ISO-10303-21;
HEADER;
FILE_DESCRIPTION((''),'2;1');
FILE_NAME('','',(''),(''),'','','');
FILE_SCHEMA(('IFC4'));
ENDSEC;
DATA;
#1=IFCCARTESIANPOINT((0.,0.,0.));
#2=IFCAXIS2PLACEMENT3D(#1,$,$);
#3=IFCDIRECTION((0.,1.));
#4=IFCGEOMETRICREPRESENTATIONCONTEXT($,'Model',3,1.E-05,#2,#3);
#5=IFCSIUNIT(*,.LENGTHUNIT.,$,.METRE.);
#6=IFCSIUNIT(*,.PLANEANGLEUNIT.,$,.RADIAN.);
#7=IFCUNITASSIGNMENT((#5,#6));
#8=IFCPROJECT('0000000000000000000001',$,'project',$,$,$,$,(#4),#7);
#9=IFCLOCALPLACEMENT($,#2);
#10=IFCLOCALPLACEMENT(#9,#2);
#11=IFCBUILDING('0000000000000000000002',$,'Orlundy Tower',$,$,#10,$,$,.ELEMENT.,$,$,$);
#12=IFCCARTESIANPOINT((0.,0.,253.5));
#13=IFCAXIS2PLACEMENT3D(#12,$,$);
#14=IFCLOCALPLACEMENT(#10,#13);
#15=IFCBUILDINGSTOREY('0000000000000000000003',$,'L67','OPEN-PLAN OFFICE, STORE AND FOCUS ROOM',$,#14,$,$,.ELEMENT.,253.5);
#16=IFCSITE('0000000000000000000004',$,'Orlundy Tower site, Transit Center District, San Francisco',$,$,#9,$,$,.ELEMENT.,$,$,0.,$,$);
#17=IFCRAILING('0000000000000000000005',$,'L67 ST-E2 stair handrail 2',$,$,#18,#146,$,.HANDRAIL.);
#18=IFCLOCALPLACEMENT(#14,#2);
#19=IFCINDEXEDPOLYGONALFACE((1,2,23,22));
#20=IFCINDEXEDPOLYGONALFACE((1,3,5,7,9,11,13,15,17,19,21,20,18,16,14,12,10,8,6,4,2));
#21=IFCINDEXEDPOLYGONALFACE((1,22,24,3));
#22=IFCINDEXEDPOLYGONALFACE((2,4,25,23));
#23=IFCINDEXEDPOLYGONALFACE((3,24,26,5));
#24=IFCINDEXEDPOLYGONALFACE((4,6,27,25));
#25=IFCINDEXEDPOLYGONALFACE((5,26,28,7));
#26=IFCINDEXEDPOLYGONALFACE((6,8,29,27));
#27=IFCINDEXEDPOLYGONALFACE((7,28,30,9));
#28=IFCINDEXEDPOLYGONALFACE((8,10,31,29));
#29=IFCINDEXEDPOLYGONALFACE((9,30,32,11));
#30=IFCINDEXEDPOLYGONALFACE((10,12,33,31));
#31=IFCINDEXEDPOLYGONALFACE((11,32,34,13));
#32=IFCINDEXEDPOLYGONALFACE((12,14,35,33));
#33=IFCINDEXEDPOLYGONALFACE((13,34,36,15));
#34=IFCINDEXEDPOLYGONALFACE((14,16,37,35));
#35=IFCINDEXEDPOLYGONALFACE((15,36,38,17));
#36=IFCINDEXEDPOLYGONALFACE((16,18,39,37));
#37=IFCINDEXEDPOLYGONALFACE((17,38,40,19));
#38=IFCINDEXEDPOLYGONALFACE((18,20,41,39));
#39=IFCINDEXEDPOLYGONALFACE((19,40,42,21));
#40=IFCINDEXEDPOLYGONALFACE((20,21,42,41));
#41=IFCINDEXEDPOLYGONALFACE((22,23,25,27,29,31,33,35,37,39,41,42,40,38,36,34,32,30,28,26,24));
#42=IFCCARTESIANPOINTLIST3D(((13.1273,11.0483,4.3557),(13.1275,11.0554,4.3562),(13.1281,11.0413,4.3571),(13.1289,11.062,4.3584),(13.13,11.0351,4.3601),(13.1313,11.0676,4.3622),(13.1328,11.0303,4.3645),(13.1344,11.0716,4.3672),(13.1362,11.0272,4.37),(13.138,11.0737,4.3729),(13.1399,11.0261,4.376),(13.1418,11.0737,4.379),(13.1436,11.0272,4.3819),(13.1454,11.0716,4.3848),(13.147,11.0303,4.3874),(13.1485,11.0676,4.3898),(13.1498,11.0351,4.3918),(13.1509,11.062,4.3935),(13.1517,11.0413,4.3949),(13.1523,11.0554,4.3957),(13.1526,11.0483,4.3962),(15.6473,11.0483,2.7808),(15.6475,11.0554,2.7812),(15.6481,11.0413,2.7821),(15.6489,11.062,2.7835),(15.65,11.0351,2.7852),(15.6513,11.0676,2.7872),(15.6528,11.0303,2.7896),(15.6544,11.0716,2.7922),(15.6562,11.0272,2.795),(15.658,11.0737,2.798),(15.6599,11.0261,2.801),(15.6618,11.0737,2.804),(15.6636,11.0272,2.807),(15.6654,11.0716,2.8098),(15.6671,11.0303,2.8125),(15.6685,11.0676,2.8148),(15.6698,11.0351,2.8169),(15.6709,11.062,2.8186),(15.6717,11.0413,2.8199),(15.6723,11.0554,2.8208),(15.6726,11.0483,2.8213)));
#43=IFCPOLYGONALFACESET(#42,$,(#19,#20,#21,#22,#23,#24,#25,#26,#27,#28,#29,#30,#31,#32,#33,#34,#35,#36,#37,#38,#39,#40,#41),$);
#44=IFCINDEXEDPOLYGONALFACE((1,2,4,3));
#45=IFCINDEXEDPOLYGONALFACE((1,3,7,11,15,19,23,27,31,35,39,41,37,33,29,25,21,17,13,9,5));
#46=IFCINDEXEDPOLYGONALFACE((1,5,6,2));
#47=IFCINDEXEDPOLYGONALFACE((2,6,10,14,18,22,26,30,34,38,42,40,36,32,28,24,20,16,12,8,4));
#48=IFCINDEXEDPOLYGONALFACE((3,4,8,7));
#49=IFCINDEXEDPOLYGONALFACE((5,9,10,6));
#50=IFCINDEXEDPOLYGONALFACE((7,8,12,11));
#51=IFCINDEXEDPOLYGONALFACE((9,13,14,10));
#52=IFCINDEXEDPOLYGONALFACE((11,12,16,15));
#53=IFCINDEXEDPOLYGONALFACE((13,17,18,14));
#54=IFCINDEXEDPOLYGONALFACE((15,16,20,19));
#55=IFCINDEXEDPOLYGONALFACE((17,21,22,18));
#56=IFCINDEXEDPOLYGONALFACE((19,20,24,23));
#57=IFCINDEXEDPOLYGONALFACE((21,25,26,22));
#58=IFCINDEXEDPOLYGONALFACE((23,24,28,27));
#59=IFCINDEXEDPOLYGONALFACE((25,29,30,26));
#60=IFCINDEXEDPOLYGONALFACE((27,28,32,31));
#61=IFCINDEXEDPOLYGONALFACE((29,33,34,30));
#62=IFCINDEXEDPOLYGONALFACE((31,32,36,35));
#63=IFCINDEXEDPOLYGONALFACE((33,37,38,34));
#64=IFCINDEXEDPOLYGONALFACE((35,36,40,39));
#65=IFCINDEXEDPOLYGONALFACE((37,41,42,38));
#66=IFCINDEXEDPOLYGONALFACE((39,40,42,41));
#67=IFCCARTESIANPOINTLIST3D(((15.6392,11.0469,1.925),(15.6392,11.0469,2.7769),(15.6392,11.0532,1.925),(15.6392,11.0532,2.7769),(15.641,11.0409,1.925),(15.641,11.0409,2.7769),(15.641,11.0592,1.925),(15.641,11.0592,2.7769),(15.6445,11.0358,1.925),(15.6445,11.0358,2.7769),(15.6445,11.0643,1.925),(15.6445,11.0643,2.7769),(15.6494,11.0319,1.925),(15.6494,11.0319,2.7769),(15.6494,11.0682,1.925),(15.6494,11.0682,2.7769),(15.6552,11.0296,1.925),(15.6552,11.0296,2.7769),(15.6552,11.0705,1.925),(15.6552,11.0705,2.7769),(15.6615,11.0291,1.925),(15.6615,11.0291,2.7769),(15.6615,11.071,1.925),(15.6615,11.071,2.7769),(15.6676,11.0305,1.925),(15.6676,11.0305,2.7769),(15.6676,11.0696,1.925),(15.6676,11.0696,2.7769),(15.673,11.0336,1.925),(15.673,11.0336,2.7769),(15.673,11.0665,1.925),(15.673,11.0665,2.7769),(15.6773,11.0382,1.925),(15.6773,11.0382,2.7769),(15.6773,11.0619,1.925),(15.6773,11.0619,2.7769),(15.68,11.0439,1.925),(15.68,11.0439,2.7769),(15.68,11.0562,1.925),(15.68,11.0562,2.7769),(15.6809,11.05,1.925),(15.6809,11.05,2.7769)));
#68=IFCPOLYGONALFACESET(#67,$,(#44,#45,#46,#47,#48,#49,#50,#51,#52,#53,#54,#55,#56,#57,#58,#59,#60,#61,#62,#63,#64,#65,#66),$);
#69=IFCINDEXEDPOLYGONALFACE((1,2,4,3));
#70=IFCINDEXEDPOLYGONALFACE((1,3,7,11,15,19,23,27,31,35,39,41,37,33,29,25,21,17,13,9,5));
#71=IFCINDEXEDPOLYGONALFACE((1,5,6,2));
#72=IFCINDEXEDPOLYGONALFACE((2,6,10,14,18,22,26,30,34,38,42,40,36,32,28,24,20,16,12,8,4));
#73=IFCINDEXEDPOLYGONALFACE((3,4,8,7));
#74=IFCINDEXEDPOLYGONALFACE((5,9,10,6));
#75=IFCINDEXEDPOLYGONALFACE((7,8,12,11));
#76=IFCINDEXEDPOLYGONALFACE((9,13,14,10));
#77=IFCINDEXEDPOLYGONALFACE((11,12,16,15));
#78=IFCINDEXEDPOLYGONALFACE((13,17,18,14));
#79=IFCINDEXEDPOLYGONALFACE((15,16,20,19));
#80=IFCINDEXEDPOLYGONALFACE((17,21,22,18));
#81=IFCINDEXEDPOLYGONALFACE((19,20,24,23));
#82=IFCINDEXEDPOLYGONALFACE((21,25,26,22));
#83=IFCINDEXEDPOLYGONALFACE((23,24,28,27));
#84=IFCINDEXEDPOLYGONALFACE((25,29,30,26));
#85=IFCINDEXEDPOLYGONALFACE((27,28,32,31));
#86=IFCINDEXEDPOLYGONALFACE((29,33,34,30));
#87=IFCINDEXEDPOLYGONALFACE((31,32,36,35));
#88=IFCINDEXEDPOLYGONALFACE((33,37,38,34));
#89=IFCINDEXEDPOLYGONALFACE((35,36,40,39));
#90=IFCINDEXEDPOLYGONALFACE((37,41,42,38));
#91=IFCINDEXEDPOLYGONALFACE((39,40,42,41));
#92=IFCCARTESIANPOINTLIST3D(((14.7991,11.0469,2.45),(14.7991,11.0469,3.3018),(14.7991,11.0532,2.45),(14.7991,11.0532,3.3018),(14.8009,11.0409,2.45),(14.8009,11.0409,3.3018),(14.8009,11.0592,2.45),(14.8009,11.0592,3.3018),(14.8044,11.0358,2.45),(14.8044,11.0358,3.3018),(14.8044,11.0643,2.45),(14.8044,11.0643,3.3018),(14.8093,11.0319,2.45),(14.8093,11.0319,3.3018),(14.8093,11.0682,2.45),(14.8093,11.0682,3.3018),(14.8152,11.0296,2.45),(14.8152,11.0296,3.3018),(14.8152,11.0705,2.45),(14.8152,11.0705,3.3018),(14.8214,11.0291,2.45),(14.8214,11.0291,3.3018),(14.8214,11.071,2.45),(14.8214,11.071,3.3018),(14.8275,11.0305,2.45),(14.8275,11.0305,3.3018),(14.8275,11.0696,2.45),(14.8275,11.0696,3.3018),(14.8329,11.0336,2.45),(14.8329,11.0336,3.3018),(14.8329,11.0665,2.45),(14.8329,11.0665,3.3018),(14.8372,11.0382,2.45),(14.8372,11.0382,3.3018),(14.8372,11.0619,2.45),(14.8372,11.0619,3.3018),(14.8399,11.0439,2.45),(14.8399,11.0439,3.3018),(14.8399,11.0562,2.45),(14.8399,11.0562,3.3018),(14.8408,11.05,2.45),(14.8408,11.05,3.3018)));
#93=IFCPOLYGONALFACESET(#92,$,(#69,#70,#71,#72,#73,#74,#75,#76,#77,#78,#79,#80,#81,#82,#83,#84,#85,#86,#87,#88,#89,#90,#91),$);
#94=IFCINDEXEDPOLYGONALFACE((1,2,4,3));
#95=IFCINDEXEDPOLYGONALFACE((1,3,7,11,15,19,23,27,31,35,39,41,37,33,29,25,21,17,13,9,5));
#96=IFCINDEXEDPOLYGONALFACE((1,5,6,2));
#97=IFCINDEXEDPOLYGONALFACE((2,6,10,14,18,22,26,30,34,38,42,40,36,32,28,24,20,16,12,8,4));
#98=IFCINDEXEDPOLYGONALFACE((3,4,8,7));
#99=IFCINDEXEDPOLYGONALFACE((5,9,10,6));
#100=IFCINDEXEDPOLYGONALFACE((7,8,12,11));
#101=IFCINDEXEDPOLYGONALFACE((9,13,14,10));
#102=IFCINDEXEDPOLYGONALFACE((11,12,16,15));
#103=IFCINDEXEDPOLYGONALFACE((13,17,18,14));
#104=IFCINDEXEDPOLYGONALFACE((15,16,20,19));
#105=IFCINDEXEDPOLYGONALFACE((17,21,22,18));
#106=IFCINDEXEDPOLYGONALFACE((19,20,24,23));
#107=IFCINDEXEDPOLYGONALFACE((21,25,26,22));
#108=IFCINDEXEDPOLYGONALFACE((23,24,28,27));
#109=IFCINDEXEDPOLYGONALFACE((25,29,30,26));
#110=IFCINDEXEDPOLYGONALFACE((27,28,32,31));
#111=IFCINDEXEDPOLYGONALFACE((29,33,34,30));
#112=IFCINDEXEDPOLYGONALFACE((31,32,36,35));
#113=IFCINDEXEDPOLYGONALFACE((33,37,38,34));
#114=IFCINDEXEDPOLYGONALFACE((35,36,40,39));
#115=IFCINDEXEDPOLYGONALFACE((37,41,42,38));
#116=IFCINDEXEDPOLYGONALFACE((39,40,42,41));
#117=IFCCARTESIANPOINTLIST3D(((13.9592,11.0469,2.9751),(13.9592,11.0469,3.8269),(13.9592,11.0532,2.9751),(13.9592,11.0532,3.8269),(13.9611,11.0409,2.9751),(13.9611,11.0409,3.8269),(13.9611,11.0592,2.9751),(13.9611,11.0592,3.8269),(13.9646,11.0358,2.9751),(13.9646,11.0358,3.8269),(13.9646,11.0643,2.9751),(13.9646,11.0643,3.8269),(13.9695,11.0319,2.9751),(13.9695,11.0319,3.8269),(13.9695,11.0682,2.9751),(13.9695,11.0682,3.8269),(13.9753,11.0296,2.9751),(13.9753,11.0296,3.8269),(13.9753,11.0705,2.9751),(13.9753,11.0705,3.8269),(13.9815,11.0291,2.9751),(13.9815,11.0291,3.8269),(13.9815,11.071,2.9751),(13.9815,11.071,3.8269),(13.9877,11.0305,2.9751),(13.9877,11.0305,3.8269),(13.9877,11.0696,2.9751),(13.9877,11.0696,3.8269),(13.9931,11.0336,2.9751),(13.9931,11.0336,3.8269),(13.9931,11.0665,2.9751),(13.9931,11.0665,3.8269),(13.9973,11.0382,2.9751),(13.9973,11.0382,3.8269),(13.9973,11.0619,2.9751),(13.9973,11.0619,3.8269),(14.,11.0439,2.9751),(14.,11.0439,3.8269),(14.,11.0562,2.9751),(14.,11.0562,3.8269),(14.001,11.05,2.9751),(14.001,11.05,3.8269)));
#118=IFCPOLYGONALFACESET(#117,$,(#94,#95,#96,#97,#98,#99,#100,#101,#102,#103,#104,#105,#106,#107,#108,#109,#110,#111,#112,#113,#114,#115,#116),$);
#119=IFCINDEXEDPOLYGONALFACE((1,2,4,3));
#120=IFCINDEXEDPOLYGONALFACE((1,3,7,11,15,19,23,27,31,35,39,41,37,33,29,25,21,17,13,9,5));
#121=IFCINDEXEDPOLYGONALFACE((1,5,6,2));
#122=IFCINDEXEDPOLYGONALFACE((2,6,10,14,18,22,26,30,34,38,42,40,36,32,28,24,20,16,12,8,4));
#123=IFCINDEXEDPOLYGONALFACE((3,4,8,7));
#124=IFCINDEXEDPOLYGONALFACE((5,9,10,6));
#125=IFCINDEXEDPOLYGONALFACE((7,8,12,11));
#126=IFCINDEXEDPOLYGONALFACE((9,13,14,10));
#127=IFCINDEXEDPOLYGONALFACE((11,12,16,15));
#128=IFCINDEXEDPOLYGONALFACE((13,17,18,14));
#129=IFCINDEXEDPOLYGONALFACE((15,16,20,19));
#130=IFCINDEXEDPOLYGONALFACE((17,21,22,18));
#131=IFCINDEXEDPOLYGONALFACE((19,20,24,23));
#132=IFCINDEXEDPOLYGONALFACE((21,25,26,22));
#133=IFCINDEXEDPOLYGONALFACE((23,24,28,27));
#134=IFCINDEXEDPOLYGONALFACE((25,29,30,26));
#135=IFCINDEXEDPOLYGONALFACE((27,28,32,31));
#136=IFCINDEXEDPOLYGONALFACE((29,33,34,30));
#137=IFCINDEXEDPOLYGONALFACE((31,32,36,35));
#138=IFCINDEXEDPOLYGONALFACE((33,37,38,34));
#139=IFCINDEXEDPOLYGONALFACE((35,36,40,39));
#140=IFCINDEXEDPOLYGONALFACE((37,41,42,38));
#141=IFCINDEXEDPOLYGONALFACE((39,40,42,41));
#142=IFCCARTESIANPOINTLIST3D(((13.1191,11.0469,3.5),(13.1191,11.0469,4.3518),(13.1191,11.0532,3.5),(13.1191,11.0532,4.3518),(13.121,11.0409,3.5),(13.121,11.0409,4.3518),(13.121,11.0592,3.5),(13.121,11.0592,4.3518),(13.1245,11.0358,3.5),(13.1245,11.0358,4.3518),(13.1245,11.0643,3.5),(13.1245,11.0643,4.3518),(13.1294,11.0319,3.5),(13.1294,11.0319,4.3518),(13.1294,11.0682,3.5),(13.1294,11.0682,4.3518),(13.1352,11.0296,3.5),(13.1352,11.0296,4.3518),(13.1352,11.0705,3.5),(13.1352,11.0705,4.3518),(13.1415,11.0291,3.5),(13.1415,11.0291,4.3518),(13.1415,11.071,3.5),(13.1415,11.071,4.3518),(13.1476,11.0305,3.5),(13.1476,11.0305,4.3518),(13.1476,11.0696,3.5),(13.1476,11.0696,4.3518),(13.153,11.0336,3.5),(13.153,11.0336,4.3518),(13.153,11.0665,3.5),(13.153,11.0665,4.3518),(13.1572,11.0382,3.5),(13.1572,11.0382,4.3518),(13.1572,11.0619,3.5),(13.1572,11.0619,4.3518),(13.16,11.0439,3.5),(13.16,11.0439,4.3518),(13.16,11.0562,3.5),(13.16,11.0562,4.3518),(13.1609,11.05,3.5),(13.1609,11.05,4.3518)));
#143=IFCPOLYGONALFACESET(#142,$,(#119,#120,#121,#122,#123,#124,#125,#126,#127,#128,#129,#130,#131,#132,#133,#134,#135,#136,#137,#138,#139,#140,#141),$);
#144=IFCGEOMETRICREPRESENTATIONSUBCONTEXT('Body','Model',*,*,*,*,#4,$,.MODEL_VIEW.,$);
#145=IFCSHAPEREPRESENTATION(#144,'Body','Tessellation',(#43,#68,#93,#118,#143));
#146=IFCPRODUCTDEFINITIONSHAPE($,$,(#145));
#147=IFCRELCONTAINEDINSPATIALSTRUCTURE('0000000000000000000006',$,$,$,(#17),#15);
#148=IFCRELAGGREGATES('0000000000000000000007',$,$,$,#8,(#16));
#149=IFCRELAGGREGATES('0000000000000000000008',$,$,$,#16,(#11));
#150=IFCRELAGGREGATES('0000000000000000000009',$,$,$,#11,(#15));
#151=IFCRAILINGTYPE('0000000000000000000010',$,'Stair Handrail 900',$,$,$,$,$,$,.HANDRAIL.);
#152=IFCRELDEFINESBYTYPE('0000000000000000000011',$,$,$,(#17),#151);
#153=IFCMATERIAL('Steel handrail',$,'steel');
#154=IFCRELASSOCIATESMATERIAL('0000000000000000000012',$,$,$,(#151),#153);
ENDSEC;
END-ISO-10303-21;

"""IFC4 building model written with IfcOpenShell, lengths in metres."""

from ifc_helpers import new_model, si_unit, direction, frame, origin, origin_2d, place, context, subcontext, project, spatial, circle, extrude, material, type_object, element, save


model = new_model("IFC4")

# Units and contexts
model_context = context("Model", 3, precision=1e-05, world=origin(), true_north=direction((0.0, 1.0)))
body_context = subcontext(model_context, "Body", "Model", "MODEL_VIEW")
ifc_project = project(units=[si_unit("LENGTHUNIT", "METRE"), si_unit("PLANEANGLEUNIT", "RADIAN")], contexts=[model_context])

# Site, building, storey
site_placement = place(None, origin())
site = spatial("IfcSite", under=ifc_project, at=site_placement, Name="Orlundy Tower site, Transit Center District, San Francisco", CompositionType="ELEMENT", RefElevation=0.0)
building_placement = place(site_placement, origin())
building = spatial("IfcBuilding", under=site, at=building_placement, Name="Orlundy Tower", CompositionType="ELEMENT")
storey_placement = place(building_placement, frame((0.0, 0.0, 253.5)))
storey = spatial("IfcBuildingStorey", under=building, at=storey_placement, Name="L67", Description="OPEN-PLAN OFFICE, STORE AND FOCUS ROOM", CompositionType="ELEMENT", Elevation=253.5)

# Railing
ifc_material_1 = material(Name="Steel handrail", Category="steel")
railing_type_1 = type_object("IfcRailingType", Name="Stair Handrail 900", PredefinedType="HANDRAIL", material=ifc_material_1)
railing_1_placement = place(storey_placement, frame((15.6599, 11.05, 1.925)))
element("IfcRailing", 1, at=railing_1_placement, inside=storey, type_object=railing_type_1, Name="L67 ST-E2 stair handrail 2", PredefinedType="HANDRAIL", context=body_context, shape_type="SweptSolid", body=[
    extrude(circle(Radius=0.0239, at=origin_2d()), frame((0.0, 0.0, 0.876), z_axis=(-0.848008, 0.0, 0.529984), x_axis=(0.0, -1.0, 0.0)), (0.0, 0.0, 1.0), 2.9717),
    extrude(circle(Radius=0.021, at=origin_2d()), origin(), (0.0, 0.0, 1.0), 0.8518),
    extrude(circle(Radius=0.021, at=origin_2d()), frame((-0.8401, 0.0, 0.5249)), (0.0, 0.0, 1.0), 0.8518),
    extrude(circle(Radius=0.021, at=origin_2d()), frame((-1.6799, 0.0, 1.05)), (0.0, 0.0, 1.0), 0.8518),
    extrude(circle(Radius=0.021, at=origin_2d()), frame((-2.52, 0.0, 1.575)), (0.0, 0.0, 1.0), 0.8518),
])

save(model, "model.ifc")
